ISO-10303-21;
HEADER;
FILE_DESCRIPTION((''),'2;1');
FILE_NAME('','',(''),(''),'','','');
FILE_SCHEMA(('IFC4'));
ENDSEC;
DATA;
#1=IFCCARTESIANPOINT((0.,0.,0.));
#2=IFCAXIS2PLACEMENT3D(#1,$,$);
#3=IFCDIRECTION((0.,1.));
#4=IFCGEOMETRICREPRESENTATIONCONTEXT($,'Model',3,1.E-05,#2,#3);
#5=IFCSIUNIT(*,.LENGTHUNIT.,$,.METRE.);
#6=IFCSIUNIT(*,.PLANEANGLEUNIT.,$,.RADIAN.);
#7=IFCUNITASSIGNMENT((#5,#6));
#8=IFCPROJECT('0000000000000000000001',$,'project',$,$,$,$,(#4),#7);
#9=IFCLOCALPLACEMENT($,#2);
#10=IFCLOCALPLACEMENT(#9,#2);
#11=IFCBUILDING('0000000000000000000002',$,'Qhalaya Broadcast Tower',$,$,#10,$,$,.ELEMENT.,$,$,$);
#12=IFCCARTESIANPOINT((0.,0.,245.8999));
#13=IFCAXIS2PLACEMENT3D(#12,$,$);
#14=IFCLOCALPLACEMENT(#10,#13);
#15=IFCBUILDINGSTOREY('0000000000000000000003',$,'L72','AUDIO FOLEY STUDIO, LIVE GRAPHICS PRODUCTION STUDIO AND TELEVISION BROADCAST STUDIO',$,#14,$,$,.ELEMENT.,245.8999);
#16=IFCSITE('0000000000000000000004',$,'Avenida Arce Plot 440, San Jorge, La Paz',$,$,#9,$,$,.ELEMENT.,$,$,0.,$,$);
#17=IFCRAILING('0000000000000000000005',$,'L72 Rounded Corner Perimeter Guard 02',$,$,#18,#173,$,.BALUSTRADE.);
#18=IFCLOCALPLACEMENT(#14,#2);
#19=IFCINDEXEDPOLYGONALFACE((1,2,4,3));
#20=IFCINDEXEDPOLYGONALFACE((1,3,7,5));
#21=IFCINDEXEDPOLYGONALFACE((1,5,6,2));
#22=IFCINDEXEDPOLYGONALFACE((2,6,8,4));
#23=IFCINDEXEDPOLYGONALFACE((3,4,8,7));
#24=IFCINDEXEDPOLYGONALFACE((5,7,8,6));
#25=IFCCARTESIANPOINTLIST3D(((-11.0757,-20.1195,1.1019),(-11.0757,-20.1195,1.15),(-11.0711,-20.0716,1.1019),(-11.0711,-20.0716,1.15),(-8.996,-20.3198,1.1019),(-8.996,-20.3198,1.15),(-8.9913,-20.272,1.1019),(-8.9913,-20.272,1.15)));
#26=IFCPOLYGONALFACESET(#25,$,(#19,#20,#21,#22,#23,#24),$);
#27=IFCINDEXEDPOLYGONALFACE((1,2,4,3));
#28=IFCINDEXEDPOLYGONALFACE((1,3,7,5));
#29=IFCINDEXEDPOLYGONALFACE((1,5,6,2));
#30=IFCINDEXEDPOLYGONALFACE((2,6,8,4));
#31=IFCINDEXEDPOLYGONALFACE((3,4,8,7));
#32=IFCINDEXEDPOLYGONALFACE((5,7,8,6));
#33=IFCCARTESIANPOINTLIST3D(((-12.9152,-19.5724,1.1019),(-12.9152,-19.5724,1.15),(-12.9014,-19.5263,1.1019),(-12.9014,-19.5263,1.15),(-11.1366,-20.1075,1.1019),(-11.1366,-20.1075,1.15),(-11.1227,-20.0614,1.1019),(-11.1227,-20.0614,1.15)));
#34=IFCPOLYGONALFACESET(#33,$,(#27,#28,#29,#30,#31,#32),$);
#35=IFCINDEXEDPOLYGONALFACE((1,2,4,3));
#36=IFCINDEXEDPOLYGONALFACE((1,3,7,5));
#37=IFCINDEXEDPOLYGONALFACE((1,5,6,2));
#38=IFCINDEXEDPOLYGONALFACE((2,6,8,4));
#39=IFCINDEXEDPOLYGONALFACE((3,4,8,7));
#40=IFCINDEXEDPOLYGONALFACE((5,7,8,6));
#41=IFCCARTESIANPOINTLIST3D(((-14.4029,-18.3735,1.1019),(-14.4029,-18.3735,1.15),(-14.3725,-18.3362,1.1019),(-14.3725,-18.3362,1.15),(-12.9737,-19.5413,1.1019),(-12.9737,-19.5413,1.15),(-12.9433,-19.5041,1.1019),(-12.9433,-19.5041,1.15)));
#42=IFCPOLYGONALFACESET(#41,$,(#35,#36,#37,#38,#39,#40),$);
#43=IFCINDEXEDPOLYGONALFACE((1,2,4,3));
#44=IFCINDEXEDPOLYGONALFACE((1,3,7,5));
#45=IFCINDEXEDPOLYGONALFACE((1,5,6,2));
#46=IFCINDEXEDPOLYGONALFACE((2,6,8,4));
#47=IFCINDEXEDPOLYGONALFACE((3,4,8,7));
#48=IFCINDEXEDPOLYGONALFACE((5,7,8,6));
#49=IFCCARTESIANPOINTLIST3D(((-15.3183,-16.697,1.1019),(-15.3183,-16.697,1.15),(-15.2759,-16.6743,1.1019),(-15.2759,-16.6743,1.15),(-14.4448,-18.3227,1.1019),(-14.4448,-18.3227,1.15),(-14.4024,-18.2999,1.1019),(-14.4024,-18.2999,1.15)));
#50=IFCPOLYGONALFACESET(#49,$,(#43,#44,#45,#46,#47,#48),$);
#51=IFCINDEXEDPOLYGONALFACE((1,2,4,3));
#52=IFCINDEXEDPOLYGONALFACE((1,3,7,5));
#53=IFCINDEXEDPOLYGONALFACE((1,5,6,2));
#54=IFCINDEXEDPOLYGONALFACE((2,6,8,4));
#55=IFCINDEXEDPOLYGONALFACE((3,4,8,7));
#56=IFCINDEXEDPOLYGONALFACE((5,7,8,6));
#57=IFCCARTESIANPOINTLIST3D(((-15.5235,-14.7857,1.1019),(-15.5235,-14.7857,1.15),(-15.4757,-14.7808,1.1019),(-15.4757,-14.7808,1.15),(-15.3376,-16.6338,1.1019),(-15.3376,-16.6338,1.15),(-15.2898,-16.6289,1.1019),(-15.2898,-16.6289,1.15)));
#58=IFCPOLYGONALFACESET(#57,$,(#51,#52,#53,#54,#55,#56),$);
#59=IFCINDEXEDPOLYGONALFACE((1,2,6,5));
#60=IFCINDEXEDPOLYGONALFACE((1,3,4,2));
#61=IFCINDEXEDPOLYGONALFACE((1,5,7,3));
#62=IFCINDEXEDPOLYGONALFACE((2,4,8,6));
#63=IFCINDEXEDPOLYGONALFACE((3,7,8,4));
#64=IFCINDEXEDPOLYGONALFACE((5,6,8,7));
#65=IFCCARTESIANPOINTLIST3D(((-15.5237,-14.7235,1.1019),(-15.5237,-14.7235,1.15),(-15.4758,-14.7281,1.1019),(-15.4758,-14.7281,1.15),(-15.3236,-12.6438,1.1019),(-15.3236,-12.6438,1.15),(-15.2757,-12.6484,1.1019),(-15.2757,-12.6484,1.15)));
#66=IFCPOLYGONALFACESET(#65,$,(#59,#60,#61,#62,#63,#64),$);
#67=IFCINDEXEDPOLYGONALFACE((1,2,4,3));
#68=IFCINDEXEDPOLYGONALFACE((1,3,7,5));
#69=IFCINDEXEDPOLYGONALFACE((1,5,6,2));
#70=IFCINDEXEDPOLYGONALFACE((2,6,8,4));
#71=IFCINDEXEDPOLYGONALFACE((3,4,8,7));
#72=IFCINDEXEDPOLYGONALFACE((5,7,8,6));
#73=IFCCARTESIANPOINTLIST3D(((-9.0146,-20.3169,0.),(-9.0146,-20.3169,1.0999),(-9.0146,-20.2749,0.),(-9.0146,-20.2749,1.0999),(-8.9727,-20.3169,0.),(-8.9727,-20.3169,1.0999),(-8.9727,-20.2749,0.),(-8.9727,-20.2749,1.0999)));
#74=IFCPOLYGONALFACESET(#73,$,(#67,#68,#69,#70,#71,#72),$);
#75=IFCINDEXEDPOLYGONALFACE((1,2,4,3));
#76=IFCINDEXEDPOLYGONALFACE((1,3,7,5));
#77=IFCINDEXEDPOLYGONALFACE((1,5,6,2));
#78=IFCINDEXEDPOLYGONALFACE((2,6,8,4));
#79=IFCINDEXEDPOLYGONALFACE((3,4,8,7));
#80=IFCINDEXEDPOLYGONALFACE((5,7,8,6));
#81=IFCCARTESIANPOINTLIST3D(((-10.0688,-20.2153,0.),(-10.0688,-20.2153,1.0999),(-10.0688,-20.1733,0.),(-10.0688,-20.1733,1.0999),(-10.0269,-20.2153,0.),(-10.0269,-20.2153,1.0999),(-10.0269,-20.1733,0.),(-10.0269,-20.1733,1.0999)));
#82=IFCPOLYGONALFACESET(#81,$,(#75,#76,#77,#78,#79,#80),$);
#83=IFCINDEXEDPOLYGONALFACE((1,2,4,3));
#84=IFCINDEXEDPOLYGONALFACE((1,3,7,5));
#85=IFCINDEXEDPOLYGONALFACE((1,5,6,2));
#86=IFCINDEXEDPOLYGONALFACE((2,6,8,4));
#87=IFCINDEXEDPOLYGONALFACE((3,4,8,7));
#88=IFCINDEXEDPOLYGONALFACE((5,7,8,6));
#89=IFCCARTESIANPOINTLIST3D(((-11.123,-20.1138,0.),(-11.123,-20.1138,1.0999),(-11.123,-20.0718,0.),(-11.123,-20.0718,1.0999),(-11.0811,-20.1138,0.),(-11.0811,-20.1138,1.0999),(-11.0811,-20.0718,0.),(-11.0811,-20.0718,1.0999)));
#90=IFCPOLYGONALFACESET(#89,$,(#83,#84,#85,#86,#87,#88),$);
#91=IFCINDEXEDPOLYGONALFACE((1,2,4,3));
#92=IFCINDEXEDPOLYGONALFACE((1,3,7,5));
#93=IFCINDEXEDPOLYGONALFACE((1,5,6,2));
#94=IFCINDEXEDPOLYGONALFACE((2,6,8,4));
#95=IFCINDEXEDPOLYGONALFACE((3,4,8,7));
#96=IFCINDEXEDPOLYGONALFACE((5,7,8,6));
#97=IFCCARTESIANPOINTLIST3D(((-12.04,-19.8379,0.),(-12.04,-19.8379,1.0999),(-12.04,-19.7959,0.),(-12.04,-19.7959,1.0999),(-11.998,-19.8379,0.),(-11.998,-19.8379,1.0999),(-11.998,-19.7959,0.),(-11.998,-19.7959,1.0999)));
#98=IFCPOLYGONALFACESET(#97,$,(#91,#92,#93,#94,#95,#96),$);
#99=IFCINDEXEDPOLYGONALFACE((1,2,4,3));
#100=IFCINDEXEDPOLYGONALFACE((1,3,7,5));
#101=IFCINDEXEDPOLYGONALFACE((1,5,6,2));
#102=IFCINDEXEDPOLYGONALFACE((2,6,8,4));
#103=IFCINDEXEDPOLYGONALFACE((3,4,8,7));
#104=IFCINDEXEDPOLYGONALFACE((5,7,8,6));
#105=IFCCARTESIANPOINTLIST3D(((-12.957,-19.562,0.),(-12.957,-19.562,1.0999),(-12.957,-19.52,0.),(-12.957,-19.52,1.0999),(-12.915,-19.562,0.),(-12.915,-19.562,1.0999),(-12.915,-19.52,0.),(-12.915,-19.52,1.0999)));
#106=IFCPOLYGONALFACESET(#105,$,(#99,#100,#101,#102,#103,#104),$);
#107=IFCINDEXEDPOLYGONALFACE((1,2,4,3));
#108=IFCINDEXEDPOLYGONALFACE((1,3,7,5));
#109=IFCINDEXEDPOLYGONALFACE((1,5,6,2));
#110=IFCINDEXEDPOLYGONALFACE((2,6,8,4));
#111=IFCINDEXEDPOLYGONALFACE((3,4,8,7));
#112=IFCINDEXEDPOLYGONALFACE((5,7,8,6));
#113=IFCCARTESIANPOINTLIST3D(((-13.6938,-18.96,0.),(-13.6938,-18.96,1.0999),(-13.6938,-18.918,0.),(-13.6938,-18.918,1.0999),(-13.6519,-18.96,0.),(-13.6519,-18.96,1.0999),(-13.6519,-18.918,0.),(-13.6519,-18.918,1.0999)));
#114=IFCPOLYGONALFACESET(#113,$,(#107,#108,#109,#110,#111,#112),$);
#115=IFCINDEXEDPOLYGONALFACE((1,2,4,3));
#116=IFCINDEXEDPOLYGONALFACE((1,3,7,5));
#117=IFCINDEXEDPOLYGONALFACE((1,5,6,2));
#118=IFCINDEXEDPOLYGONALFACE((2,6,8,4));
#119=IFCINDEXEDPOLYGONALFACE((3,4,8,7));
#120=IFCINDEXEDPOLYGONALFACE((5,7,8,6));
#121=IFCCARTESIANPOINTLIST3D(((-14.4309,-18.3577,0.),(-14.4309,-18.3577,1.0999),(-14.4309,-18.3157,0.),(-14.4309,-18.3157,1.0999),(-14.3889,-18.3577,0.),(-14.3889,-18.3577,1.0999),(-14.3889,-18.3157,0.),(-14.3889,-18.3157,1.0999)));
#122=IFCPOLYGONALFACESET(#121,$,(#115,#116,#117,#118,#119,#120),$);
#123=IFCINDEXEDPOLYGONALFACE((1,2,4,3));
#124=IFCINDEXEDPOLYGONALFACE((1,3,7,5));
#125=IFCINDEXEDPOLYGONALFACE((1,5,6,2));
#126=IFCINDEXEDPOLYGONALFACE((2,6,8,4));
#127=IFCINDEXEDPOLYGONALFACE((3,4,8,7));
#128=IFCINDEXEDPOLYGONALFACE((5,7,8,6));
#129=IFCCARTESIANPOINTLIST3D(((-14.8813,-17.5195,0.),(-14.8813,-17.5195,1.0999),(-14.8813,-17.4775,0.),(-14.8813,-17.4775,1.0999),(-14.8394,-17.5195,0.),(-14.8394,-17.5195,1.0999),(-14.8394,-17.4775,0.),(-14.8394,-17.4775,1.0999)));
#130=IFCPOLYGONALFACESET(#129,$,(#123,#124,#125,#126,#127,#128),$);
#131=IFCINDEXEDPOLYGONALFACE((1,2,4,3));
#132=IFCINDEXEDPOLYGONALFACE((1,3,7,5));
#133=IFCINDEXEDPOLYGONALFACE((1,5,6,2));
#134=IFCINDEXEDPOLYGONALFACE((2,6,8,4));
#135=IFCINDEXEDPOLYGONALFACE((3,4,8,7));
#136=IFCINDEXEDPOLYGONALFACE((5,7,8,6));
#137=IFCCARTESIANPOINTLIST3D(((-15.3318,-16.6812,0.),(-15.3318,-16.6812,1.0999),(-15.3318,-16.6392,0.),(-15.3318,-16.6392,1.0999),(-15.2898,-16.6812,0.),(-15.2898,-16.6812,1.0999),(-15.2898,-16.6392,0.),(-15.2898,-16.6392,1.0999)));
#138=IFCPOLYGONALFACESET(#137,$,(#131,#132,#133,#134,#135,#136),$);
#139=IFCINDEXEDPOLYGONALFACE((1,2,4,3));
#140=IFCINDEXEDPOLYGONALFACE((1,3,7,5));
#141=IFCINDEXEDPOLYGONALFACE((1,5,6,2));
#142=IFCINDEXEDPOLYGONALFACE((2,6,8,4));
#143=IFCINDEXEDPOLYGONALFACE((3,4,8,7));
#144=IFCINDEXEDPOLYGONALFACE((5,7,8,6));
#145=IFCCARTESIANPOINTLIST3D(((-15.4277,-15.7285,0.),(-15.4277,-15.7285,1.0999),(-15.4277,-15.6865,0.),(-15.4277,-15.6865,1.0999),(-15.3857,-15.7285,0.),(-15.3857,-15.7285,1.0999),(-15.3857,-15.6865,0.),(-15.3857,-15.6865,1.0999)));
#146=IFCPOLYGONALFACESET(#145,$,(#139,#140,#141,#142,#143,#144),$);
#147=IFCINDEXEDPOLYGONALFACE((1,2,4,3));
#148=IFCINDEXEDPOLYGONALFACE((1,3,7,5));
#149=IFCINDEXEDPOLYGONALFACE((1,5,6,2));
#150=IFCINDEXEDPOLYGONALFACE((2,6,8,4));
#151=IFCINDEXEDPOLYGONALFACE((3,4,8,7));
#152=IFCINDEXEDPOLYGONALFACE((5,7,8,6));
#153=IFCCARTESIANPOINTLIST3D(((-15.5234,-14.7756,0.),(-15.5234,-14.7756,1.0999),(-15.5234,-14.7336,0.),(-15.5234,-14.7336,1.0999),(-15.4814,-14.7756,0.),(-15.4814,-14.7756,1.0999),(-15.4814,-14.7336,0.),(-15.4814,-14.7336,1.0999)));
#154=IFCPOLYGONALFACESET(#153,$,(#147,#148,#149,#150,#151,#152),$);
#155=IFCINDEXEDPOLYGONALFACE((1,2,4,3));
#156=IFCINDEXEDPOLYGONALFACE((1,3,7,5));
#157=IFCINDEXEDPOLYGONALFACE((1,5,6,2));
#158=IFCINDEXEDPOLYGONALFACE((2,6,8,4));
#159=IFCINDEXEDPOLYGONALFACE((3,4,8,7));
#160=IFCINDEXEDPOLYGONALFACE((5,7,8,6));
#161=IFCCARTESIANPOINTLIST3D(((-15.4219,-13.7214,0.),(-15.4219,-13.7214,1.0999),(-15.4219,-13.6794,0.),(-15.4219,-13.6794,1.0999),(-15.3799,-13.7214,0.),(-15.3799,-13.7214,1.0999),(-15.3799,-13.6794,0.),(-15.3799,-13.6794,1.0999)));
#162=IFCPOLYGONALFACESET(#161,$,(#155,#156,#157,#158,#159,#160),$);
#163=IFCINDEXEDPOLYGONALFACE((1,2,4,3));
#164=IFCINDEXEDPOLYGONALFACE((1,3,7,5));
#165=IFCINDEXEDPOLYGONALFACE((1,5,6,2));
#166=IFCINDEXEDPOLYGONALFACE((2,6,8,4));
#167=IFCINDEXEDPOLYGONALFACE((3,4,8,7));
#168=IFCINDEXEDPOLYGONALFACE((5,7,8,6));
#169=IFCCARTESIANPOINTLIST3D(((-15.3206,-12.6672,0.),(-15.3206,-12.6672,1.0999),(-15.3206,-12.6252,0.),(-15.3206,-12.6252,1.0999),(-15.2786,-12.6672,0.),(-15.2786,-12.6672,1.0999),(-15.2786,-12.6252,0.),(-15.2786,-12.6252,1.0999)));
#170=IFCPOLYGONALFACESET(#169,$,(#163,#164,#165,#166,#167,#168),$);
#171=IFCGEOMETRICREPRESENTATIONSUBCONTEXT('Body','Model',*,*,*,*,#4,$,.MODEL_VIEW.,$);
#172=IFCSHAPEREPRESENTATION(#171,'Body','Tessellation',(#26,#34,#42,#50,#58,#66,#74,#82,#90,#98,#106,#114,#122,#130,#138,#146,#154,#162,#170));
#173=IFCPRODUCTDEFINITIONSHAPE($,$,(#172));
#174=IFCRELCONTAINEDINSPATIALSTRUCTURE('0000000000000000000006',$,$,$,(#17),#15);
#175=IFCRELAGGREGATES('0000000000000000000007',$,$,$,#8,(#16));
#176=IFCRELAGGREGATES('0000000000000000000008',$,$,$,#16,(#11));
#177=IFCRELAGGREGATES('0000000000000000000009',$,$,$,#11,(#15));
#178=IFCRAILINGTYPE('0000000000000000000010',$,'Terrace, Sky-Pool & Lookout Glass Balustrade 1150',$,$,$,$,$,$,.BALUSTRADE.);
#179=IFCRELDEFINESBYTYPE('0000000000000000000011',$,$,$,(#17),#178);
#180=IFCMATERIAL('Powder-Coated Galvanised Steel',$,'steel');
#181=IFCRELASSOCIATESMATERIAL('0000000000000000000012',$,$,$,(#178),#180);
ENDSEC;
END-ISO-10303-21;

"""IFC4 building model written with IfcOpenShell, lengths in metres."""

from ifc_helpers import new_model, si_unit, direction, frame, origin, origin_2d, place, context, subcontext, project, spatial, rectangle, extrude, material, type_object, element, save


model = new_model("IFC4")

# Units and contexts
model_context = context("Model", 3, precision=1e-05, world=origin(), true_north=direction((0.0, 1.0)))
body_context = subcontext(model_context, "Body", "Model", "MODEL_VIEW")
ifc_project = project(units=[si_unit("LENGTHUNIT", "METRE"), si_unit("PLANEANGLEUNIT", "RADIAN")], contexts=[model_context])

# Site, building, storey
site_placement = place(None, origin())
site = spatial("IfcSite", under=ifc_project, at=site_placement, Name="Avenida Arce Plot 440, San Jorge, La Paz", CompositionType="ELEMENT", RefElevation=0.0)
building_placement = place(site_placement, origin())
building = spatial("IfcBuilding", under=site, at=building_placement, Name="Qhalaya Broadcast Tower", CompositionType="ELEMENT")
storey_placement = place(building_placement, frame((0.0, 0.0, 245.8999)))
storey = spatial("IfcBuildingStorey", under=building, at=storey_placement, Name="L72", Description="AUDIO FOLEY STUDIO, LIVE GRAPHICS PRODUCTION STUDIO AND TELEVISION BROADCAST STUDIO", CompositionType="ELEMENT", Elevation=245.8999)

# Railing
ifc_material_1 = material(Name="Powder-Coated Galvanised Steel", Category="steel")
railing_type = type_object("IfcRailingType", Name="Terrace, Sky-Pool & Lookout Glass Balustrade 1150", PredefinedType="BALUSTRADE", material=ifc_material_1)
railing_placement = place(storey_placement, frame((-8.9937, -20.2959, 0.0)))
element("IfcRailing", 1, at=railing_placement, inside=storey, type_object=railing_type, Name="L72 Rounded Corner Perimeter Guard 02", PredefinedType="BALUSTRADE", context=body_context, shape_type="SweptSolid", body=[
    extrude(rectangle(XDim=0.0481, YDim=0.0481, at=origin_2d()), frame((0.0, 0.0, 1.126), z_axis=(-0.995391, 0.095897, 0.0), x_axis=(-0.095897, -0.995391, 0.0)), (0.0, 0.0, 1.0), 2.0894),
    extrude(rectangle(XDim=0.0481, YDim=0.0481, at=origin_2d()), frame((-2.136, 0.2114, 1.126), z_axis=(-0.957601, 0.288096, 0.0), x_axis=(-0.288096, -0.957601, 0.0)), (0.0, 0.0, 1.0), 1.8574),
    extrude(rectangle(XDim=0.0481, YDim=0.0481, at=origin_2d()), frame((-3.9648, 0.7732, 1.126), z_axis=(-0.774357, 0.632749, 0.0), x_axis=(-0.632749, -0.774357, 0.0)), (0.0, 0.0, 1.0), 1.8457),
    extrude(rectangle(XDim=0.0481, YDim=0.0481, at=origin_2d()), frame((-5.4299, 1.9846, 1.126), z_axis=(-0.473342, 0.880879, 0.0), x_axis=(-0.880879, -0.473342, 0.0)), (0.0, 0.0, 1.0), 1.8455),
    extrude(rectangle(XDim=0.0481, YDim=0.0481, at=origin_2d()), frame((-6.3201, 3.6646, 1.126), z_axis=(-0.100072, 0.99498, 0.0), x_axis=(-0.99498, -0.100072, 0.0)), (0.0, 0.0, 1.0), 1.8574),
    extrude(rectangle(XDim=0.0481, YDim=0.0481, at=origin_2d()), frame((-6.5061, 5.5701, 1.126), z_axis=(0.095783, 0.995402, 0.0), x_axis=(-0.995402, 0.095783, 0.0)), (0.0, 0.0, 1.0), 2.0894),
    extrude(rectangle(XDim=0.042, YDim=0.042, at=origin_2d()), origin(), (0.0, 0.0, 1.0), 1.0999),
    extrude(rectangle(XDim=0.042, YDim=0.042, at=origin_2d()), frame((-1.0542, 0.1016, 0.0)), (0.0, 0.0, 1.0), 1.0999),
    extrude(rectangle(XDim=0.042, YDim=0.042, at=origin_2d()), frame((-2.1084, 0.2031, 0.0)), (0.0, 0.0, 1.0), 1.0999),
    extrude(rectangle(XDim=0.042, YDim=0.042, at=origin_2d()), frame((-3.0254, 0.479, 0.0)), (0.0, 0.0, 1.0), 1.0999),
    extrude(rectangle(XDim=0.042, YDim=0.042, at=origin_2d()), frame((-3.9424, 0.7549, 0.0)), (0.0, 0.0, 1.0), 1.0999),
    extrude(rectangle(XDim=0.042, YDim=0.042, at=origin_2d()), frame((-4.6792, 1.3569, 0.0)), (0.0, 0.0, 1.0), 1.0999),
    extrude(rectangle(XDim=0.042, YDim=0.042, at=origin_2d()), frame((-5.4163, 1.9592, 0.0)), (0.0, 0.0, 1.0), 1.0999),
    extrude(rectangle(XDim=0.042, YDim=0.042, at=origin_2d()), frame((-5.8667, 2.7974, 0.0)), (0.0, 0.0, 1.0), 1.0999),
    extrude(rectangle(XDim=0.042, YDim=0.042, at=origin_2d()), frame((-6.3171, 3.6357, 0.0)), (0.0, 0.0, 1.0), 1.0999),
    extrude(rectangle(XDim=0.042, YDim=0.042, at=origin_2d()), frame((-6.4131, 4.5884, 0.0)), (0.0, 0.0, 1.0), 1.0999),
    extrude(rectangle(XDim=0.042, YDim=0.042, at=origin_2d()), frame((-6.5088, 5.5413, 0.0)), (0.0, 0.0, 1.0), 1.0999),
    extrude(rectangle(XDim=0.042, YDim=0.042, at=origin_2d()), frame((-6.4072, 6.5955, 0.0)), (0.0, 0.0, 1.0), 1.0999),
    extrude(rectangle(XDim=0.042, YDim=0.042, at=origin_2d()), frame((-6.3059, 7.6497, 0.0)), (0.0, 0.0, 1.0), 1.0999),
])

save(model, "model.ifc")
